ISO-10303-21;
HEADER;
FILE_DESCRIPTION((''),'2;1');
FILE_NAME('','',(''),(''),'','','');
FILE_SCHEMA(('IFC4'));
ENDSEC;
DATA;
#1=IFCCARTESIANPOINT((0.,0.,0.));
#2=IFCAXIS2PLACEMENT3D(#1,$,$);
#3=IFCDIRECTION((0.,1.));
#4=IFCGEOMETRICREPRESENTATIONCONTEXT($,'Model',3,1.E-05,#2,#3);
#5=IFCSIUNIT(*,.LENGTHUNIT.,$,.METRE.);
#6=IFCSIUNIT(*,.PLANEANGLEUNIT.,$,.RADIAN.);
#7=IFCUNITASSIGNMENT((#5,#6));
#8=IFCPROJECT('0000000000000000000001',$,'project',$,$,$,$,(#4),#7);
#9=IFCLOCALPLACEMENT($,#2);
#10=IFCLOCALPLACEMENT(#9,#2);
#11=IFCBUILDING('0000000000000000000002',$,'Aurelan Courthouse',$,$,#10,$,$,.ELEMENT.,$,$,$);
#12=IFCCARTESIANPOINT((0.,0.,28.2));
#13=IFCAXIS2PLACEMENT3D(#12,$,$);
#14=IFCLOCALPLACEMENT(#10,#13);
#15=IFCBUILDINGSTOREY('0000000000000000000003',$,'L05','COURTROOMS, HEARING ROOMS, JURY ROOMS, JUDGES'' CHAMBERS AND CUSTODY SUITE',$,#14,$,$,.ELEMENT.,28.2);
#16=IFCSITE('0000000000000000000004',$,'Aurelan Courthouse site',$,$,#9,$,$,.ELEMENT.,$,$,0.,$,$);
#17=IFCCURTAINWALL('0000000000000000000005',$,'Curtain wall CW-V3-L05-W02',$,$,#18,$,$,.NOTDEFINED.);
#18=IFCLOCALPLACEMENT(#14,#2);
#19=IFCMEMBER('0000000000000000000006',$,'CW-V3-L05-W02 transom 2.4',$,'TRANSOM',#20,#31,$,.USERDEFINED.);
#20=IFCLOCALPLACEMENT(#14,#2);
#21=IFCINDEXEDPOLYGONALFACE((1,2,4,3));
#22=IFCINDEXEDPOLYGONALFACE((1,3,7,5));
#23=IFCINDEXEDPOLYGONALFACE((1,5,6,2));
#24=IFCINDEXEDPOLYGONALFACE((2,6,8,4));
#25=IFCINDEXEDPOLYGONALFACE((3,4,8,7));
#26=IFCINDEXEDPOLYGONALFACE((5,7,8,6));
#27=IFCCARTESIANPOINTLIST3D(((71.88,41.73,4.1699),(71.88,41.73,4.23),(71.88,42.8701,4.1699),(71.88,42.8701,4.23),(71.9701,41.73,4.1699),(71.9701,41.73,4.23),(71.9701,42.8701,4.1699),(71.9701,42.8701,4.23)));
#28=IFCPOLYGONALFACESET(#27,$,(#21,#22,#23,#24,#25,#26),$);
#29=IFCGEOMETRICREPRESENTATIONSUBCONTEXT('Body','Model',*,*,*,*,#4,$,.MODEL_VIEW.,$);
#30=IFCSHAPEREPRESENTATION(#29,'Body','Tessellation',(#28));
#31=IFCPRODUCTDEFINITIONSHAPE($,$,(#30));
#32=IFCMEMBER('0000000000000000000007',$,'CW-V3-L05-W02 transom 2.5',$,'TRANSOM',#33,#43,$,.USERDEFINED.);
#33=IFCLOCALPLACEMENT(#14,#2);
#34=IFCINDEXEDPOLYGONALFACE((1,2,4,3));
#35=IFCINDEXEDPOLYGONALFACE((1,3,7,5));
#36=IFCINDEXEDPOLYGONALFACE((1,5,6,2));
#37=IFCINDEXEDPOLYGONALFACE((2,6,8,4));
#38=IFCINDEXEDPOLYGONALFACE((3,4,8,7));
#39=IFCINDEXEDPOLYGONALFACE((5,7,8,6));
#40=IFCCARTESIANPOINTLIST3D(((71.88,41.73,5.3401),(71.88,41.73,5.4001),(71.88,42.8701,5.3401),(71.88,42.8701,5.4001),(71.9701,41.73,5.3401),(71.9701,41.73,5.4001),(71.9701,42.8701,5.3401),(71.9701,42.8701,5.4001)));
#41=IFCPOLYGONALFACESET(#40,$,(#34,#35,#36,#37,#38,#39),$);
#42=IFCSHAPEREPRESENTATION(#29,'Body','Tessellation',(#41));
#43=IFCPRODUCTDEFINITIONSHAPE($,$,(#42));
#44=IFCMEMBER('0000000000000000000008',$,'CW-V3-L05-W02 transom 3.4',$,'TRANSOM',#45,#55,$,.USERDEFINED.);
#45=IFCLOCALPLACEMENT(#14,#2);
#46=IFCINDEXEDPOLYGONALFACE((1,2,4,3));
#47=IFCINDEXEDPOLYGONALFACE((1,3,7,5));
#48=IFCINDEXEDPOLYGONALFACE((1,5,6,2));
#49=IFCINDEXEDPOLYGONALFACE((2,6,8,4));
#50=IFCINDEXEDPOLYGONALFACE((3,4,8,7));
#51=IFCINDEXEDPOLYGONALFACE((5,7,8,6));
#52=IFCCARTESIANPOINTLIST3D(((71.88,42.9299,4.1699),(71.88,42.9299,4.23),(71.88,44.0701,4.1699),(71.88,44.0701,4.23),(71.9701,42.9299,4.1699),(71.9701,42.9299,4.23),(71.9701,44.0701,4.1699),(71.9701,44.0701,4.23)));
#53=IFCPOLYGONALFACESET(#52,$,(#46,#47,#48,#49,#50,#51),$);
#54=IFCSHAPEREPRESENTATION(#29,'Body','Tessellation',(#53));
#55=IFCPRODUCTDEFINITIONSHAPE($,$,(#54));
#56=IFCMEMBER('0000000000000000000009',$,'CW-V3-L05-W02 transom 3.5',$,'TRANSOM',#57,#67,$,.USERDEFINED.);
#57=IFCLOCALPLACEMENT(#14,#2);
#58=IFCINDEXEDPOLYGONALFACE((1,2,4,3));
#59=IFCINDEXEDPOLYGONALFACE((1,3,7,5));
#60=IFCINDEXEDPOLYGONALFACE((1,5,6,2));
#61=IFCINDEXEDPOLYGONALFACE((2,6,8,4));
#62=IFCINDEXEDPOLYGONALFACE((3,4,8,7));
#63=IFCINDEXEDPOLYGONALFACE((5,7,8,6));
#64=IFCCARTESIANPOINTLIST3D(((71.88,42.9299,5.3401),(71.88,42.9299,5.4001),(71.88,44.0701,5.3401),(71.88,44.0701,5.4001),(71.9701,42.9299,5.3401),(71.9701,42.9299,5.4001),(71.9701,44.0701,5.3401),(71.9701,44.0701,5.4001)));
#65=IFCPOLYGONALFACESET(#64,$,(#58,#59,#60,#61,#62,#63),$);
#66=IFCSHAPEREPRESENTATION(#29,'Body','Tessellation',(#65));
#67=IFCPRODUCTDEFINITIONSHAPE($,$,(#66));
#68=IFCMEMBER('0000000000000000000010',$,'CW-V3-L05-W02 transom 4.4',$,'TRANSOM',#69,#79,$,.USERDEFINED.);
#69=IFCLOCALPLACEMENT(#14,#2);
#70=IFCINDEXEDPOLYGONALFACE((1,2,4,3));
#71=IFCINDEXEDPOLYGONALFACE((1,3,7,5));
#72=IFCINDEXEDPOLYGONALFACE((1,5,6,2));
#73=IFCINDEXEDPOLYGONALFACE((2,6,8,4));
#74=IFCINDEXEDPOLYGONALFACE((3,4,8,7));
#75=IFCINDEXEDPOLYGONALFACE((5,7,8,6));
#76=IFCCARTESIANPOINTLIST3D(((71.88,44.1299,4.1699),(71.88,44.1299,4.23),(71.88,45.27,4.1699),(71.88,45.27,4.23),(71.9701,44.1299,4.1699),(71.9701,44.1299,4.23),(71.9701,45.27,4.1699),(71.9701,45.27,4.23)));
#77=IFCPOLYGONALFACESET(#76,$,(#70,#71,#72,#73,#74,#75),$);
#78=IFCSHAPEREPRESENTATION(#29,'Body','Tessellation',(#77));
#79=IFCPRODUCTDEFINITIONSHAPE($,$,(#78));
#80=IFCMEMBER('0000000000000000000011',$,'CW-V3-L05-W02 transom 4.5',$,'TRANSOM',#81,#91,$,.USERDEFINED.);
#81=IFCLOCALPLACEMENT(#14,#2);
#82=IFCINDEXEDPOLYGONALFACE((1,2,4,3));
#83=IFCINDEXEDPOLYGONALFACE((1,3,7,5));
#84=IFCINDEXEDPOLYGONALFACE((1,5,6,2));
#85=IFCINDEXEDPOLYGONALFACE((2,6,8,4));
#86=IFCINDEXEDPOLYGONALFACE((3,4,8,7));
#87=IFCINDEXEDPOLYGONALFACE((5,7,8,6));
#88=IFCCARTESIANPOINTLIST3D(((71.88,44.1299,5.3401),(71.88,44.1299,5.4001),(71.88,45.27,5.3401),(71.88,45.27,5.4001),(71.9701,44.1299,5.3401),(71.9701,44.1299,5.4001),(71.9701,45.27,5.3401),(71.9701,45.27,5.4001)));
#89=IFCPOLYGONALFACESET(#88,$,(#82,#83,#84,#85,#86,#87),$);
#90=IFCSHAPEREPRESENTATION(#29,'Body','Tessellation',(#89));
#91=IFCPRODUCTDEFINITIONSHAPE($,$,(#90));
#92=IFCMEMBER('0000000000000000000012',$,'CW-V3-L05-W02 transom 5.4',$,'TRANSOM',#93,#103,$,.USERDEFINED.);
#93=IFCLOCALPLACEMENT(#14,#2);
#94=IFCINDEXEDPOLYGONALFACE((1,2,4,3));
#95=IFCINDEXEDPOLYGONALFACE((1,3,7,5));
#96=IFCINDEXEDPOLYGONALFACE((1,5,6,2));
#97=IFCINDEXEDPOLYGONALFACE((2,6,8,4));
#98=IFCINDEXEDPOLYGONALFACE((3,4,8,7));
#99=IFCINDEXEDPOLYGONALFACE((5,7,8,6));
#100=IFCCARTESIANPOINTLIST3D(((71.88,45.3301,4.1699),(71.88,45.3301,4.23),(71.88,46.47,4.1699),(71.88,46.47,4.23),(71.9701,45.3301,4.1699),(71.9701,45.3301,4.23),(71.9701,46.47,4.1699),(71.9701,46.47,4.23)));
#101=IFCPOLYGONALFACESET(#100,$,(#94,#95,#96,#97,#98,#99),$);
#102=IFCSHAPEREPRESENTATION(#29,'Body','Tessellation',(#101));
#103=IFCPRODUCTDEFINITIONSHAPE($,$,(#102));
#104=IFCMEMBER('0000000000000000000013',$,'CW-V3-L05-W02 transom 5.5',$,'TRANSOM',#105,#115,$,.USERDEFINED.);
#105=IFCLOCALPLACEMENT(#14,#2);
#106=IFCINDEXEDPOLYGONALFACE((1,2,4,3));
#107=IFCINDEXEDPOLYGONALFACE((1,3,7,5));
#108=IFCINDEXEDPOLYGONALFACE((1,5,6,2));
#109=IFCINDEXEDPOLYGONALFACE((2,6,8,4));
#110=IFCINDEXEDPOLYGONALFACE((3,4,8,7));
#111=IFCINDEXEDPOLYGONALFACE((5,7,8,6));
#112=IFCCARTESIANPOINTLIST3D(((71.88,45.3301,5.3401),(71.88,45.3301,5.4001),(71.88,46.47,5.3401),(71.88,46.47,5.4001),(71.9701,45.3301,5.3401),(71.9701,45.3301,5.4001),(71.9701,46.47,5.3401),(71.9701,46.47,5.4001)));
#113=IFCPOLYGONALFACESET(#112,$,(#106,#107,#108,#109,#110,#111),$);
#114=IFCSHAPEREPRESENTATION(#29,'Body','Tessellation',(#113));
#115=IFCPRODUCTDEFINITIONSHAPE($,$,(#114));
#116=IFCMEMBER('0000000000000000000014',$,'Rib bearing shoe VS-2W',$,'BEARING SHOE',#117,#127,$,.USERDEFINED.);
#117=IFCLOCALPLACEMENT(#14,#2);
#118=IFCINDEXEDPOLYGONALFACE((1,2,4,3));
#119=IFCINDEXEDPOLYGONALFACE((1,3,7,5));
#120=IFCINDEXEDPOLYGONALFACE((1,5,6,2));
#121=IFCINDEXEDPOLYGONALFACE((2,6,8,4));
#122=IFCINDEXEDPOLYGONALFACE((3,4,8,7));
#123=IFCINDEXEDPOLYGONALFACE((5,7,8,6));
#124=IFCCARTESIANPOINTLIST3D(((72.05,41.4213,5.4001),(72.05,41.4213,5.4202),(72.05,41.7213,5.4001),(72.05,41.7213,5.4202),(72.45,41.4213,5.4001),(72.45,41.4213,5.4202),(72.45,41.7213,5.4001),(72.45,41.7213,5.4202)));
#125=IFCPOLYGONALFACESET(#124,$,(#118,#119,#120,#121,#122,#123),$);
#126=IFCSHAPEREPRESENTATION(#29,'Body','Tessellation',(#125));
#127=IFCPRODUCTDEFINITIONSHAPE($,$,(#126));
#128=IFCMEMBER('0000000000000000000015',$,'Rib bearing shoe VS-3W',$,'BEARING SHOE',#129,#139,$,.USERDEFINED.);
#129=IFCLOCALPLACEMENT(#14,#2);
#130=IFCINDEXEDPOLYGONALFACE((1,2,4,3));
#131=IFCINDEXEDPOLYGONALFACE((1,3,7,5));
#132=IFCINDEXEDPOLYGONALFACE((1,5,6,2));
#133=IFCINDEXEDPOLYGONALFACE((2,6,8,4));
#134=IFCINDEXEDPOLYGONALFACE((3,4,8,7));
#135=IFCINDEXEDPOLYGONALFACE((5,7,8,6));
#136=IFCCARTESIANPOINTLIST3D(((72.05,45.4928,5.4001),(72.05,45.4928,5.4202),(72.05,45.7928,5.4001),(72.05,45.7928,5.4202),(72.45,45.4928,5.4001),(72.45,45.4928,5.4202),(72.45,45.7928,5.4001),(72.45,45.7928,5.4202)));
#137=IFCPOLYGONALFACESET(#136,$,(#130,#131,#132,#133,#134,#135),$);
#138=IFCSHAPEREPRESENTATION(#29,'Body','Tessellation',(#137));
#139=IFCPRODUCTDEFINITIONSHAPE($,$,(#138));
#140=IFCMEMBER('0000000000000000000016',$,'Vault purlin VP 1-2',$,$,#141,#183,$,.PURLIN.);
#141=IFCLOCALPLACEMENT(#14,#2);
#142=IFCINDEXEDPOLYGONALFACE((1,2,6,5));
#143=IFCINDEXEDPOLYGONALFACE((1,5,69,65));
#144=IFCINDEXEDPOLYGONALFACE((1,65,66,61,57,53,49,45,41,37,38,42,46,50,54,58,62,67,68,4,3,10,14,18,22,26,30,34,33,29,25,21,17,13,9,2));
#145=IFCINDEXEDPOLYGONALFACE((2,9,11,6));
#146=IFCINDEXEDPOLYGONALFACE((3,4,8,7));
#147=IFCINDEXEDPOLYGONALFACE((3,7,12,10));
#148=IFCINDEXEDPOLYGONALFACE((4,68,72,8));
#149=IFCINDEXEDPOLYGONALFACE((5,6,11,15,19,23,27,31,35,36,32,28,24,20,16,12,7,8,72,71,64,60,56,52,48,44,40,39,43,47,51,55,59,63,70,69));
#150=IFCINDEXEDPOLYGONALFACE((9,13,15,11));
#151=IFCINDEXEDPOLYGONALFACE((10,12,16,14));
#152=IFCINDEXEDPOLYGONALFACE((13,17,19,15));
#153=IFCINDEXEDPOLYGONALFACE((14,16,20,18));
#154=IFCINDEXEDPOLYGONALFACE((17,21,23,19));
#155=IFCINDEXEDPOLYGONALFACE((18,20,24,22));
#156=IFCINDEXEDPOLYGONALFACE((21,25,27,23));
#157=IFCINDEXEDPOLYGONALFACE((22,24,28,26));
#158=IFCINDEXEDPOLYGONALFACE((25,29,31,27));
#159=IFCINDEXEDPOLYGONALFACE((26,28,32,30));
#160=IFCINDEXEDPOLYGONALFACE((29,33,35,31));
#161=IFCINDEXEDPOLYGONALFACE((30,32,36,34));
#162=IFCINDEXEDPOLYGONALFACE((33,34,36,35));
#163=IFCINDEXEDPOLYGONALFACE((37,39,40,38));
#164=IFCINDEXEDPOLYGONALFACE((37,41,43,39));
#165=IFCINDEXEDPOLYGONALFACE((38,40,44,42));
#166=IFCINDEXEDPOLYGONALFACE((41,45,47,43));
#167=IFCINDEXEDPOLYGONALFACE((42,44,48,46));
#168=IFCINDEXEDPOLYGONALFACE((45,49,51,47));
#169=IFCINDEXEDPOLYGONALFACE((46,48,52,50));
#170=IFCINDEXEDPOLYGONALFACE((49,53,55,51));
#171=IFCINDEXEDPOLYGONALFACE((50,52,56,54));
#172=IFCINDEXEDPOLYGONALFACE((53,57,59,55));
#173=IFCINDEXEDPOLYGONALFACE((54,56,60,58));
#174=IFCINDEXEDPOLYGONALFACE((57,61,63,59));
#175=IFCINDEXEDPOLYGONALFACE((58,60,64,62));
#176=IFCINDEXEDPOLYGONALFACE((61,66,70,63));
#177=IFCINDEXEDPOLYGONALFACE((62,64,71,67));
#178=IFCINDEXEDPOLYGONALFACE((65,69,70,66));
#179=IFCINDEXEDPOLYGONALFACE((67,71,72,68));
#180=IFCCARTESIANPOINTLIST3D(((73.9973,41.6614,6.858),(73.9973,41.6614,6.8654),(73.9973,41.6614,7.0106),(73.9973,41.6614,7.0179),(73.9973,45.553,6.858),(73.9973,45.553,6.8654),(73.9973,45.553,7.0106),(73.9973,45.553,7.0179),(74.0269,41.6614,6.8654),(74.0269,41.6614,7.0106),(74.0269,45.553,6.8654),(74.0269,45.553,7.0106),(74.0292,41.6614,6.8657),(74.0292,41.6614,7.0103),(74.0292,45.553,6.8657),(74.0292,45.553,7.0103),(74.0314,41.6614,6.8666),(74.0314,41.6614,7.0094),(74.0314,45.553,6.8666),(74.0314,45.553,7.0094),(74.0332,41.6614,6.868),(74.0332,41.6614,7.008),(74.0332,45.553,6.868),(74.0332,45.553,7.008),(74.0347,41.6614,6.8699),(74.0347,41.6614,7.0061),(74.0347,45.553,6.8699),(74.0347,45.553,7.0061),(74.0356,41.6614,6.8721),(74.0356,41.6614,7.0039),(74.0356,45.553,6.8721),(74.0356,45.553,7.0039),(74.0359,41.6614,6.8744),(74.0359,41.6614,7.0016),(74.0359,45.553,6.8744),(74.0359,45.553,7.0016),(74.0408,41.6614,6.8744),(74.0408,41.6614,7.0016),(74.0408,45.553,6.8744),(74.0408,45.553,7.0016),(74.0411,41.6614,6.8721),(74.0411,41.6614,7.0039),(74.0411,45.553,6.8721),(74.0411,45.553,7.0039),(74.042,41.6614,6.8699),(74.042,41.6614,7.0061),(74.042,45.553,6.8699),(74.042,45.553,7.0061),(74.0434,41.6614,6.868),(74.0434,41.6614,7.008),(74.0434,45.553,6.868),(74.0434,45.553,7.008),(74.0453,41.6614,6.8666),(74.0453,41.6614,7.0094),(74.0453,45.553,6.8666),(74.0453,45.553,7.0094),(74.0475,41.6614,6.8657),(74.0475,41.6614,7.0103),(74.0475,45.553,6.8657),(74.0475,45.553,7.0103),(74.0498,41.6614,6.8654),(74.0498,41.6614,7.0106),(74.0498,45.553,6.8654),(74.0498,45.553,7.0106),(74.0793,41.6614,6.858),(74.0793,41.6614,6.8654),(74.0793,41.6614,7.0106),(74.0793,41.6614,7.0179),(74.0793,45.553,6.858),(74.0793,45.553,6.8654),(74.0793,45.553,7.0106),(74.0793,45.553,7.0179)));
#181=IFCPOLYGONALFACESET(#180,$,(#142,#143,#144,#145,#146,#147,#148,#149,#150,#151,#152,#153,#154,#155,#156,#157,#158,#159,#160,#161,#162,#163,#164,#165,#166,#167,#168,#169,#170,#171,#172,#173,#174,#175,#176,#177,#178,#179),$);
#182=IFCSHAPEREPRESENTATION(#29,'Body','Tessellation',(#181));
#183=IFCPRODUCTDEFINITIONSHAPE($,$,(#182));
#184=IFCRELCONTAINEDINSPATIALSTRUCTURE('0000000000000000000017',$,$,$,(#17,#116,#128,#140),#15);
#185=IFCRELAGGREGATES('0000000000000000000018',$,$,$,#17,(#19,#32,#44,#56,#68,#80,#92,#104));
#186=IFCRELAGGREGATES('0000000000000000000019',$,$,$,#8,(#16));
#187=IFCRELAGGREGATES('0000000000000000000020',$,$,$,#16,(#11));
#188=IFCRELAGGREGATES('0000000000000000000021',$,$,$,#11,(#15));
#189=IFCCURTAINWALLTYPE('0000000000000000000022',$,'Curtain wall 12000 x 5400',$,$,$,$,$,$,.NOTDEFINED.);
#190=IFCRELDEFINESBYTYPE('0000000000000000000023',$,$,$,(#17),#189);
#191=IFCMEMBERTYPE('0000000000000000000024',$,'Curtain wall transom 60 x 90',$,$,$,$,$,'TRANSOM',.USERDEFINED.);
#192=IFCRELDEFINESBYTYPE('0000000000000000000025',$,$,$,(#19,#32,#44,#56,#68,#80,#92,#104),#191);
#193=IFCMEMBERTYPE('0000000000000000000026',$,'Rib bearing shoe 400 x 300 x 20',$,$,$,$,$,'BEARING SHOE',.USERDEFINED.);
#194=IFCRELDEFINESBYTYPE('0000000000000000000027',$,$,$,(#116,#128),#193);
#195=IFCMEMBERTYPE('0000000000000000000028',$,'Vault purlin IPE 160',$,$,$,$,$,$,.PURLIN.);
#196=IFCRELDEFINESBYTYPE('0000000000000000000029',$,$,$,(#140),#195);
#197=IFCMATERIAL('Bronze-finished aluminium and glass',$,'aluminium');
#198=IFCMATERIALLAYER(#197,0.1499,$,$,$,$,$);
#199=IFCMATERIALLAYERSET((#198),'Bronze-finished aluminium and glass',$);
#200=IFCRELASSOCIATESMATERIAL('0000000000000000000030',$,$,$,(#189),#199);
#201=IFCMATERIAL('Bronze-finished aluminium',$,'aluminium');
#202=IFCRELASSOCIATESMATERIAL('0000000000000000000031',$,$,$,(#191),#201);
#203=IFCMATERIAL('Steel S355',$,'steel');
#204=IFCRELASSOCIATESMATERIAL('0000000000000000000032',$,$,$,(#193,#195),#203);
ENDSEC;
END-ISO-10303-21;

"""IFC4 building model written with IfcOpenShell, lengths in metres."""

from ifc_helpers import new_model, si_unit, direction, frame, origin, origin_2d, place, context, subcontext, project, spatial, rectangle, i_section, extrude, material, layer, layer_set, material_profile, profile_set, type_object, element, aggregate, save


model = new_model("IFC4")

# Units and contexts
model_context = context("Model", 3, precision=1e-05, world=origin(), true_north=direction((0.0, 1.0)))
body_context = subcontext(model_context, "Body", "Model", "MODEL_VIEW")
ifc_project = project(units=[si_unit("LENGTHUNIT", "METRE"), si_unit("PLANEANGLEUNIT", "RADIAN")], contexts=[model_context])

# Site, building, storey
site_placement = place(None, origin())
site = spatial("IfcSite", under=ifc_project, at=site_placement, Name="Aurelan Courthouse site", CompositionType="ELEMENT", RefElevation=0.0)
building_placement = place(site_placement, origin())
building = spatial("IfcBuilding", under=site, at=building_placement, Name="Aurelan Courthouse", CompositionType="ELEMENT")
storey_placement = place(building_placement, frame((0.0, 0.0, 28.2)))
storey = spatial("IfcBuildingStorey", under=building, at=storey_placement, Name="L05", Description="COURTROOMS, HEARING ROOMS, JURY ROOMS, JUDGES' CHAMBERS AND CUSTODY SUITE", CompositionType="ELEMENT", Elevation=28.2)

# Curtain wall, members
ifc_material_1 = material(Name="Bronze-finished aluminium and glass", Category="aluminium")
ifc_layer_1 = layer(ifc_material_1, 0.1499)
ifc_layer_set_1 = layer_set([ifc_layer_1], Name="Bronze-finished aluminium and glass")
curtain_wall_type = type_object("IfcCurtainWallType", Name="Curtain wall 12000 x 5400", PredefinedType="NOTDEFINED", material=ifc_layer_set_1)
curtain_wall_placement = place(storey_placement, origin())
curtain_wall = element("IfcCurtainWall", 1, at=curtain_wall_placement, inside=storey, type_object=curtain_wall_type, Name="Curtain wall CW-V3-L05-W02", PredefinedType="NOTDEFINED")
ifc_material_2 = material(Name="Bronze-finished aluminium", Category="aluminium")
ifc_material_profile_1 = material_profile(ifc_material_2, rectangle(XDim=0.0901, YDim=0.0601, at=origin_2d()), Name="Bronze transom 60 x 90")
ifc_profile_set_1 = profile_set([ifc_material_profile_1], Name="Bronze-finished aluminium")
member_type_1 = type_object("IfcMemberType", Name="Curtain wall transom 60 x 90", ElementType="TRANSOM", PredefinedType="USERDEFINED", material=ifc_profile_set_1)
member_1_placement = place(storey_placement, frame((71.925, 41.73, 4.2), z_axis=(0.0, 1.0, 0.0), x_axis=(-1.0, 0.0, 0.0)))
member_1 = element("IfcMember", 2, at=member_1_placement, type_object=member_type_1, Name="CW-V3-L05-W02 transom 2.4", ObjectType="TRANSOM", PredefinedType="USERDEFINED", context=body_context, shape_type="SweptSolid", body=[
    extrude(rectangle(XDim=0.0901, YDim=0.0601, at=origin_2d()), origin(), (0.0, 0.0, 1.0), 1.1401),
])
member_2_placement = place(storey_placement, frame((71.925, 41.73, 5.3701), z_axis=(0.0, 1.0, 0.0), x_axis=(-1.0, 0.0, 0.0)))
member_2 = element("IfcMember", 3, at=member_2_placement, type_object=member_type_1, Name="CW-V3-L05-W02 transom 2.5", ObjectType="TRANSOM", PredefinedType="USERDEFINED", context=body_context, shape_type="SweptSolid", body=[
    extrude(rectangle(XDim=0.0901, YDim=0.0601, at=origin_2d()), origin(), (0.0, 0.0, 1.0), 1.1401),
])
member_3_placement = place(storey_placement, frame((71.925, 42.9299, 4.2), z_axis=(0.0, 1.0, 0.0), x_axis=(-1.0, 0.0, 0.0)))
member_3 = element("IfcMember", 4, at=member_3_placement, type_object=member_type_1, Name="CW-V3-L05-W02 transom 3.4", ObjectType="TRANSOM", PredefinedType="USERDEFINED", context=body_context, shape_type="SweptSolid", body=[
    extrude(rectangle(XDim=0.0901, YDim=0.0601, at=origin_2d()), origin(), (0.0, 0.0, 1.0), 1.1401),
])
member_4_placement = place(storey_placement, frame((71.925, 42.9299, 5.3701), z_axis=(0.0, 1.0, 0.0), x_axis=(-1.0, 0.0, 0.0)))
member_4 = element("IfcMember", 5, at=member_4_placement, type_object=member_type_1, Name="CW-V3-L05-W02 transom 3.5", ObjectType="TRANSOM", PredefinedType="USERDEFINED", context=body_context, shape_type="SweptSolid", body=[
    extrude(rectangle(XDim=0.0901, YDim=0.0601, at=origin_2d()), origin(), (0.0, 0.0, 1.0), 1.1401),
])
member_5_placement = place(storey_placement, frame((71.925, 44.1299, 4.2), z_axis=(0.0, 1.0, 0.0), x_axis=(-1.0, 0.0, 0.0)))
member_5 = element("IfcMember", 6, at=member_5_placement, type_object=member_type_1, Name="CW-V3-L05-W02 transom 4.4", ObjectType="TRANSOM", PredefinedType="USERDEFINED", context=body_context, shape_type="SweptSolid", body=[
    extrude(rectangle(XDim=0.0901, YDim=0.0601, at=origin_2d()), origin(), (0.0, 0.0, 1.0), 1.1401),
])
member_6_placement = place(storey_placement, frame((71.925, 44.1299, 5.3701), z_axis=(0.0, 1.0, 0.0), x_axis=(-1.0, 0.0, 0.0)))
member_6 = element("IfcMember", 7, at=member_6_placement, type_object=member_type_1, Name="CW-V3-L05-W02 transom 4.5", ObjectType="TRANSOM", PredefinedType="USERDEFINED", context=body_context, shape_type="SweptSolid", body=[
    extrude(rectangle(XDim=0.0901, YDim=0.0601, at=origin_2d()), origin(), (0.0, 0.0, 1.0), 1.1401),
])
member_7_placement = place(storey_placement, frame((71.925, 45.3301, 4.2), z_axis=(0.0, 1.0, 0.0), x_axis=(-1.0, 0.0, 0.0)))
member_7 = element("IfcMember", 8, at=member_7_placement, type_object=member_type_1, Name="CW-V3-L05-W02 transom 5.4", ObjectType="TRANSOM", PredefinedType="USERDEFINED", context=body_context, shape_type="SweptSolid", body=[
    extrude(rectangle(XDim=0.0901, YDim=0.0601, at=origin_2d()), origin(), (0.0, 0.0, 1.0), 1.1399),
])
member_8_placement = place(storey_placement, frame((71.925, 45.3301, 5.3701), z_axis=(0.0, 1.0, 0.0), x_axis=(-1.0, 0.0, 0.0)))
member_8 = element("IfcMember", 9, at=member_8_placement, type_object=member_type_1, Name="CW-V3-L05-W02 transom 5.5", ObjectType="TRANSOM", PredefinedType="USERDEFINED", context=body_context, shape_type="SweptSolid", body=[
    extrude(rectangle(XDim=0.0901, YDim=0.0601, at=origin_2d()), origin(), (0.0, 0.0, 1.0), 1.1399),
])

# Members
ifc_material_3 = material(Name="Steel S355", Category="steel")
ifc_material_profile_2 = material_profile(ifc_material_3, rectangle(XDim=0.3999, YDim=0.3, at=origin_2d()), Name="PL 400 x 300")
ifc_profile_set_2 = profile_set([ifc_material_profile_2], Name="Steel S355")
member_type_2 = type_object("IfcMemberType", Name="Rib bearing shoe 400 x 300 x 20", ElementType="BEARING SHOE", PredefinedType="USERDEFINED", material=ifc_profile_set_2)
for number, where, z_axis, x_axis, name in (
    (10, (72.25, 41.5713, 5.4001), (0.0, 0.0, 1.0), (1.0, 0.0, 0.0), "Rib bearing shoe VS-2W"),
    (11, (72.25, 45.6428, 5.4001), (0.0, 0.0, 1.0), (1.0, 0.0, 0.0), "Rib bearing shoe VS-3W"),
):
    element("IfcMember", number, at=place(storey_placement, frame(where, z_axis=z_axis, x_axis=x_axis)), inside=storey, type_object=member_type_2, Name=name, ObjectType="BEARING SHOE", PredefinedType="USERDEFINED", context=body_context, shape_type="SweptSolid", body=[
        extrude(rectangle(XDim=0.3999, YDim=0.3, at=origin_2d()), origin(), (0.0, 0.0, 1.0), 0.02),
    ])
ifc_material_profile_3 = material_profile(ifc_material_3, i_section(OverallWidth=0.082, OverallDepth=0.1599, WebThickness=0.0049, FlangeThickness=0.0073, FilletRadius=0.009, at=origin_2d()), Name="IPE 160")
ifc_profile_set_3 = profile_set([ifc_material_profile_3], Name="Steel S355")
member_type_3 = type_object("IfcMemberType", Name="Vault purlin IPE 160", PredefinedType="PURLIN", material=ifc_profile_set_3)
member_9_placement = place(storey_placement, frame((74.0383, 41.6614, 6.938), z_axis=(0.0, 1.0, 0.0), x_axis=(-1.0, 0.0, 0.0)))
element("IfcMember", 12, at=member_9_placement, inside=storey, type_object=member_type_3, Name="Vault purlin VP 1-2", PredefinedType="PURLIN", context=body_context, shape_type="SweptSolid", body=[
    extrude(i_section(OverallWidth=0.082, OverallDepth=0.1599, WebThickness=0.0049, FlangeThickness=0.0073, FilletRadius=0.009, at=origin_2d()), origin(), (0.0, 0.0, 1.0), 3.8916),
])

aggregate(curtain_wall, [member_1, member_2, member_3, member_4, member_5, member_6, member_7, member_8])

save(model, "model.ifc")
